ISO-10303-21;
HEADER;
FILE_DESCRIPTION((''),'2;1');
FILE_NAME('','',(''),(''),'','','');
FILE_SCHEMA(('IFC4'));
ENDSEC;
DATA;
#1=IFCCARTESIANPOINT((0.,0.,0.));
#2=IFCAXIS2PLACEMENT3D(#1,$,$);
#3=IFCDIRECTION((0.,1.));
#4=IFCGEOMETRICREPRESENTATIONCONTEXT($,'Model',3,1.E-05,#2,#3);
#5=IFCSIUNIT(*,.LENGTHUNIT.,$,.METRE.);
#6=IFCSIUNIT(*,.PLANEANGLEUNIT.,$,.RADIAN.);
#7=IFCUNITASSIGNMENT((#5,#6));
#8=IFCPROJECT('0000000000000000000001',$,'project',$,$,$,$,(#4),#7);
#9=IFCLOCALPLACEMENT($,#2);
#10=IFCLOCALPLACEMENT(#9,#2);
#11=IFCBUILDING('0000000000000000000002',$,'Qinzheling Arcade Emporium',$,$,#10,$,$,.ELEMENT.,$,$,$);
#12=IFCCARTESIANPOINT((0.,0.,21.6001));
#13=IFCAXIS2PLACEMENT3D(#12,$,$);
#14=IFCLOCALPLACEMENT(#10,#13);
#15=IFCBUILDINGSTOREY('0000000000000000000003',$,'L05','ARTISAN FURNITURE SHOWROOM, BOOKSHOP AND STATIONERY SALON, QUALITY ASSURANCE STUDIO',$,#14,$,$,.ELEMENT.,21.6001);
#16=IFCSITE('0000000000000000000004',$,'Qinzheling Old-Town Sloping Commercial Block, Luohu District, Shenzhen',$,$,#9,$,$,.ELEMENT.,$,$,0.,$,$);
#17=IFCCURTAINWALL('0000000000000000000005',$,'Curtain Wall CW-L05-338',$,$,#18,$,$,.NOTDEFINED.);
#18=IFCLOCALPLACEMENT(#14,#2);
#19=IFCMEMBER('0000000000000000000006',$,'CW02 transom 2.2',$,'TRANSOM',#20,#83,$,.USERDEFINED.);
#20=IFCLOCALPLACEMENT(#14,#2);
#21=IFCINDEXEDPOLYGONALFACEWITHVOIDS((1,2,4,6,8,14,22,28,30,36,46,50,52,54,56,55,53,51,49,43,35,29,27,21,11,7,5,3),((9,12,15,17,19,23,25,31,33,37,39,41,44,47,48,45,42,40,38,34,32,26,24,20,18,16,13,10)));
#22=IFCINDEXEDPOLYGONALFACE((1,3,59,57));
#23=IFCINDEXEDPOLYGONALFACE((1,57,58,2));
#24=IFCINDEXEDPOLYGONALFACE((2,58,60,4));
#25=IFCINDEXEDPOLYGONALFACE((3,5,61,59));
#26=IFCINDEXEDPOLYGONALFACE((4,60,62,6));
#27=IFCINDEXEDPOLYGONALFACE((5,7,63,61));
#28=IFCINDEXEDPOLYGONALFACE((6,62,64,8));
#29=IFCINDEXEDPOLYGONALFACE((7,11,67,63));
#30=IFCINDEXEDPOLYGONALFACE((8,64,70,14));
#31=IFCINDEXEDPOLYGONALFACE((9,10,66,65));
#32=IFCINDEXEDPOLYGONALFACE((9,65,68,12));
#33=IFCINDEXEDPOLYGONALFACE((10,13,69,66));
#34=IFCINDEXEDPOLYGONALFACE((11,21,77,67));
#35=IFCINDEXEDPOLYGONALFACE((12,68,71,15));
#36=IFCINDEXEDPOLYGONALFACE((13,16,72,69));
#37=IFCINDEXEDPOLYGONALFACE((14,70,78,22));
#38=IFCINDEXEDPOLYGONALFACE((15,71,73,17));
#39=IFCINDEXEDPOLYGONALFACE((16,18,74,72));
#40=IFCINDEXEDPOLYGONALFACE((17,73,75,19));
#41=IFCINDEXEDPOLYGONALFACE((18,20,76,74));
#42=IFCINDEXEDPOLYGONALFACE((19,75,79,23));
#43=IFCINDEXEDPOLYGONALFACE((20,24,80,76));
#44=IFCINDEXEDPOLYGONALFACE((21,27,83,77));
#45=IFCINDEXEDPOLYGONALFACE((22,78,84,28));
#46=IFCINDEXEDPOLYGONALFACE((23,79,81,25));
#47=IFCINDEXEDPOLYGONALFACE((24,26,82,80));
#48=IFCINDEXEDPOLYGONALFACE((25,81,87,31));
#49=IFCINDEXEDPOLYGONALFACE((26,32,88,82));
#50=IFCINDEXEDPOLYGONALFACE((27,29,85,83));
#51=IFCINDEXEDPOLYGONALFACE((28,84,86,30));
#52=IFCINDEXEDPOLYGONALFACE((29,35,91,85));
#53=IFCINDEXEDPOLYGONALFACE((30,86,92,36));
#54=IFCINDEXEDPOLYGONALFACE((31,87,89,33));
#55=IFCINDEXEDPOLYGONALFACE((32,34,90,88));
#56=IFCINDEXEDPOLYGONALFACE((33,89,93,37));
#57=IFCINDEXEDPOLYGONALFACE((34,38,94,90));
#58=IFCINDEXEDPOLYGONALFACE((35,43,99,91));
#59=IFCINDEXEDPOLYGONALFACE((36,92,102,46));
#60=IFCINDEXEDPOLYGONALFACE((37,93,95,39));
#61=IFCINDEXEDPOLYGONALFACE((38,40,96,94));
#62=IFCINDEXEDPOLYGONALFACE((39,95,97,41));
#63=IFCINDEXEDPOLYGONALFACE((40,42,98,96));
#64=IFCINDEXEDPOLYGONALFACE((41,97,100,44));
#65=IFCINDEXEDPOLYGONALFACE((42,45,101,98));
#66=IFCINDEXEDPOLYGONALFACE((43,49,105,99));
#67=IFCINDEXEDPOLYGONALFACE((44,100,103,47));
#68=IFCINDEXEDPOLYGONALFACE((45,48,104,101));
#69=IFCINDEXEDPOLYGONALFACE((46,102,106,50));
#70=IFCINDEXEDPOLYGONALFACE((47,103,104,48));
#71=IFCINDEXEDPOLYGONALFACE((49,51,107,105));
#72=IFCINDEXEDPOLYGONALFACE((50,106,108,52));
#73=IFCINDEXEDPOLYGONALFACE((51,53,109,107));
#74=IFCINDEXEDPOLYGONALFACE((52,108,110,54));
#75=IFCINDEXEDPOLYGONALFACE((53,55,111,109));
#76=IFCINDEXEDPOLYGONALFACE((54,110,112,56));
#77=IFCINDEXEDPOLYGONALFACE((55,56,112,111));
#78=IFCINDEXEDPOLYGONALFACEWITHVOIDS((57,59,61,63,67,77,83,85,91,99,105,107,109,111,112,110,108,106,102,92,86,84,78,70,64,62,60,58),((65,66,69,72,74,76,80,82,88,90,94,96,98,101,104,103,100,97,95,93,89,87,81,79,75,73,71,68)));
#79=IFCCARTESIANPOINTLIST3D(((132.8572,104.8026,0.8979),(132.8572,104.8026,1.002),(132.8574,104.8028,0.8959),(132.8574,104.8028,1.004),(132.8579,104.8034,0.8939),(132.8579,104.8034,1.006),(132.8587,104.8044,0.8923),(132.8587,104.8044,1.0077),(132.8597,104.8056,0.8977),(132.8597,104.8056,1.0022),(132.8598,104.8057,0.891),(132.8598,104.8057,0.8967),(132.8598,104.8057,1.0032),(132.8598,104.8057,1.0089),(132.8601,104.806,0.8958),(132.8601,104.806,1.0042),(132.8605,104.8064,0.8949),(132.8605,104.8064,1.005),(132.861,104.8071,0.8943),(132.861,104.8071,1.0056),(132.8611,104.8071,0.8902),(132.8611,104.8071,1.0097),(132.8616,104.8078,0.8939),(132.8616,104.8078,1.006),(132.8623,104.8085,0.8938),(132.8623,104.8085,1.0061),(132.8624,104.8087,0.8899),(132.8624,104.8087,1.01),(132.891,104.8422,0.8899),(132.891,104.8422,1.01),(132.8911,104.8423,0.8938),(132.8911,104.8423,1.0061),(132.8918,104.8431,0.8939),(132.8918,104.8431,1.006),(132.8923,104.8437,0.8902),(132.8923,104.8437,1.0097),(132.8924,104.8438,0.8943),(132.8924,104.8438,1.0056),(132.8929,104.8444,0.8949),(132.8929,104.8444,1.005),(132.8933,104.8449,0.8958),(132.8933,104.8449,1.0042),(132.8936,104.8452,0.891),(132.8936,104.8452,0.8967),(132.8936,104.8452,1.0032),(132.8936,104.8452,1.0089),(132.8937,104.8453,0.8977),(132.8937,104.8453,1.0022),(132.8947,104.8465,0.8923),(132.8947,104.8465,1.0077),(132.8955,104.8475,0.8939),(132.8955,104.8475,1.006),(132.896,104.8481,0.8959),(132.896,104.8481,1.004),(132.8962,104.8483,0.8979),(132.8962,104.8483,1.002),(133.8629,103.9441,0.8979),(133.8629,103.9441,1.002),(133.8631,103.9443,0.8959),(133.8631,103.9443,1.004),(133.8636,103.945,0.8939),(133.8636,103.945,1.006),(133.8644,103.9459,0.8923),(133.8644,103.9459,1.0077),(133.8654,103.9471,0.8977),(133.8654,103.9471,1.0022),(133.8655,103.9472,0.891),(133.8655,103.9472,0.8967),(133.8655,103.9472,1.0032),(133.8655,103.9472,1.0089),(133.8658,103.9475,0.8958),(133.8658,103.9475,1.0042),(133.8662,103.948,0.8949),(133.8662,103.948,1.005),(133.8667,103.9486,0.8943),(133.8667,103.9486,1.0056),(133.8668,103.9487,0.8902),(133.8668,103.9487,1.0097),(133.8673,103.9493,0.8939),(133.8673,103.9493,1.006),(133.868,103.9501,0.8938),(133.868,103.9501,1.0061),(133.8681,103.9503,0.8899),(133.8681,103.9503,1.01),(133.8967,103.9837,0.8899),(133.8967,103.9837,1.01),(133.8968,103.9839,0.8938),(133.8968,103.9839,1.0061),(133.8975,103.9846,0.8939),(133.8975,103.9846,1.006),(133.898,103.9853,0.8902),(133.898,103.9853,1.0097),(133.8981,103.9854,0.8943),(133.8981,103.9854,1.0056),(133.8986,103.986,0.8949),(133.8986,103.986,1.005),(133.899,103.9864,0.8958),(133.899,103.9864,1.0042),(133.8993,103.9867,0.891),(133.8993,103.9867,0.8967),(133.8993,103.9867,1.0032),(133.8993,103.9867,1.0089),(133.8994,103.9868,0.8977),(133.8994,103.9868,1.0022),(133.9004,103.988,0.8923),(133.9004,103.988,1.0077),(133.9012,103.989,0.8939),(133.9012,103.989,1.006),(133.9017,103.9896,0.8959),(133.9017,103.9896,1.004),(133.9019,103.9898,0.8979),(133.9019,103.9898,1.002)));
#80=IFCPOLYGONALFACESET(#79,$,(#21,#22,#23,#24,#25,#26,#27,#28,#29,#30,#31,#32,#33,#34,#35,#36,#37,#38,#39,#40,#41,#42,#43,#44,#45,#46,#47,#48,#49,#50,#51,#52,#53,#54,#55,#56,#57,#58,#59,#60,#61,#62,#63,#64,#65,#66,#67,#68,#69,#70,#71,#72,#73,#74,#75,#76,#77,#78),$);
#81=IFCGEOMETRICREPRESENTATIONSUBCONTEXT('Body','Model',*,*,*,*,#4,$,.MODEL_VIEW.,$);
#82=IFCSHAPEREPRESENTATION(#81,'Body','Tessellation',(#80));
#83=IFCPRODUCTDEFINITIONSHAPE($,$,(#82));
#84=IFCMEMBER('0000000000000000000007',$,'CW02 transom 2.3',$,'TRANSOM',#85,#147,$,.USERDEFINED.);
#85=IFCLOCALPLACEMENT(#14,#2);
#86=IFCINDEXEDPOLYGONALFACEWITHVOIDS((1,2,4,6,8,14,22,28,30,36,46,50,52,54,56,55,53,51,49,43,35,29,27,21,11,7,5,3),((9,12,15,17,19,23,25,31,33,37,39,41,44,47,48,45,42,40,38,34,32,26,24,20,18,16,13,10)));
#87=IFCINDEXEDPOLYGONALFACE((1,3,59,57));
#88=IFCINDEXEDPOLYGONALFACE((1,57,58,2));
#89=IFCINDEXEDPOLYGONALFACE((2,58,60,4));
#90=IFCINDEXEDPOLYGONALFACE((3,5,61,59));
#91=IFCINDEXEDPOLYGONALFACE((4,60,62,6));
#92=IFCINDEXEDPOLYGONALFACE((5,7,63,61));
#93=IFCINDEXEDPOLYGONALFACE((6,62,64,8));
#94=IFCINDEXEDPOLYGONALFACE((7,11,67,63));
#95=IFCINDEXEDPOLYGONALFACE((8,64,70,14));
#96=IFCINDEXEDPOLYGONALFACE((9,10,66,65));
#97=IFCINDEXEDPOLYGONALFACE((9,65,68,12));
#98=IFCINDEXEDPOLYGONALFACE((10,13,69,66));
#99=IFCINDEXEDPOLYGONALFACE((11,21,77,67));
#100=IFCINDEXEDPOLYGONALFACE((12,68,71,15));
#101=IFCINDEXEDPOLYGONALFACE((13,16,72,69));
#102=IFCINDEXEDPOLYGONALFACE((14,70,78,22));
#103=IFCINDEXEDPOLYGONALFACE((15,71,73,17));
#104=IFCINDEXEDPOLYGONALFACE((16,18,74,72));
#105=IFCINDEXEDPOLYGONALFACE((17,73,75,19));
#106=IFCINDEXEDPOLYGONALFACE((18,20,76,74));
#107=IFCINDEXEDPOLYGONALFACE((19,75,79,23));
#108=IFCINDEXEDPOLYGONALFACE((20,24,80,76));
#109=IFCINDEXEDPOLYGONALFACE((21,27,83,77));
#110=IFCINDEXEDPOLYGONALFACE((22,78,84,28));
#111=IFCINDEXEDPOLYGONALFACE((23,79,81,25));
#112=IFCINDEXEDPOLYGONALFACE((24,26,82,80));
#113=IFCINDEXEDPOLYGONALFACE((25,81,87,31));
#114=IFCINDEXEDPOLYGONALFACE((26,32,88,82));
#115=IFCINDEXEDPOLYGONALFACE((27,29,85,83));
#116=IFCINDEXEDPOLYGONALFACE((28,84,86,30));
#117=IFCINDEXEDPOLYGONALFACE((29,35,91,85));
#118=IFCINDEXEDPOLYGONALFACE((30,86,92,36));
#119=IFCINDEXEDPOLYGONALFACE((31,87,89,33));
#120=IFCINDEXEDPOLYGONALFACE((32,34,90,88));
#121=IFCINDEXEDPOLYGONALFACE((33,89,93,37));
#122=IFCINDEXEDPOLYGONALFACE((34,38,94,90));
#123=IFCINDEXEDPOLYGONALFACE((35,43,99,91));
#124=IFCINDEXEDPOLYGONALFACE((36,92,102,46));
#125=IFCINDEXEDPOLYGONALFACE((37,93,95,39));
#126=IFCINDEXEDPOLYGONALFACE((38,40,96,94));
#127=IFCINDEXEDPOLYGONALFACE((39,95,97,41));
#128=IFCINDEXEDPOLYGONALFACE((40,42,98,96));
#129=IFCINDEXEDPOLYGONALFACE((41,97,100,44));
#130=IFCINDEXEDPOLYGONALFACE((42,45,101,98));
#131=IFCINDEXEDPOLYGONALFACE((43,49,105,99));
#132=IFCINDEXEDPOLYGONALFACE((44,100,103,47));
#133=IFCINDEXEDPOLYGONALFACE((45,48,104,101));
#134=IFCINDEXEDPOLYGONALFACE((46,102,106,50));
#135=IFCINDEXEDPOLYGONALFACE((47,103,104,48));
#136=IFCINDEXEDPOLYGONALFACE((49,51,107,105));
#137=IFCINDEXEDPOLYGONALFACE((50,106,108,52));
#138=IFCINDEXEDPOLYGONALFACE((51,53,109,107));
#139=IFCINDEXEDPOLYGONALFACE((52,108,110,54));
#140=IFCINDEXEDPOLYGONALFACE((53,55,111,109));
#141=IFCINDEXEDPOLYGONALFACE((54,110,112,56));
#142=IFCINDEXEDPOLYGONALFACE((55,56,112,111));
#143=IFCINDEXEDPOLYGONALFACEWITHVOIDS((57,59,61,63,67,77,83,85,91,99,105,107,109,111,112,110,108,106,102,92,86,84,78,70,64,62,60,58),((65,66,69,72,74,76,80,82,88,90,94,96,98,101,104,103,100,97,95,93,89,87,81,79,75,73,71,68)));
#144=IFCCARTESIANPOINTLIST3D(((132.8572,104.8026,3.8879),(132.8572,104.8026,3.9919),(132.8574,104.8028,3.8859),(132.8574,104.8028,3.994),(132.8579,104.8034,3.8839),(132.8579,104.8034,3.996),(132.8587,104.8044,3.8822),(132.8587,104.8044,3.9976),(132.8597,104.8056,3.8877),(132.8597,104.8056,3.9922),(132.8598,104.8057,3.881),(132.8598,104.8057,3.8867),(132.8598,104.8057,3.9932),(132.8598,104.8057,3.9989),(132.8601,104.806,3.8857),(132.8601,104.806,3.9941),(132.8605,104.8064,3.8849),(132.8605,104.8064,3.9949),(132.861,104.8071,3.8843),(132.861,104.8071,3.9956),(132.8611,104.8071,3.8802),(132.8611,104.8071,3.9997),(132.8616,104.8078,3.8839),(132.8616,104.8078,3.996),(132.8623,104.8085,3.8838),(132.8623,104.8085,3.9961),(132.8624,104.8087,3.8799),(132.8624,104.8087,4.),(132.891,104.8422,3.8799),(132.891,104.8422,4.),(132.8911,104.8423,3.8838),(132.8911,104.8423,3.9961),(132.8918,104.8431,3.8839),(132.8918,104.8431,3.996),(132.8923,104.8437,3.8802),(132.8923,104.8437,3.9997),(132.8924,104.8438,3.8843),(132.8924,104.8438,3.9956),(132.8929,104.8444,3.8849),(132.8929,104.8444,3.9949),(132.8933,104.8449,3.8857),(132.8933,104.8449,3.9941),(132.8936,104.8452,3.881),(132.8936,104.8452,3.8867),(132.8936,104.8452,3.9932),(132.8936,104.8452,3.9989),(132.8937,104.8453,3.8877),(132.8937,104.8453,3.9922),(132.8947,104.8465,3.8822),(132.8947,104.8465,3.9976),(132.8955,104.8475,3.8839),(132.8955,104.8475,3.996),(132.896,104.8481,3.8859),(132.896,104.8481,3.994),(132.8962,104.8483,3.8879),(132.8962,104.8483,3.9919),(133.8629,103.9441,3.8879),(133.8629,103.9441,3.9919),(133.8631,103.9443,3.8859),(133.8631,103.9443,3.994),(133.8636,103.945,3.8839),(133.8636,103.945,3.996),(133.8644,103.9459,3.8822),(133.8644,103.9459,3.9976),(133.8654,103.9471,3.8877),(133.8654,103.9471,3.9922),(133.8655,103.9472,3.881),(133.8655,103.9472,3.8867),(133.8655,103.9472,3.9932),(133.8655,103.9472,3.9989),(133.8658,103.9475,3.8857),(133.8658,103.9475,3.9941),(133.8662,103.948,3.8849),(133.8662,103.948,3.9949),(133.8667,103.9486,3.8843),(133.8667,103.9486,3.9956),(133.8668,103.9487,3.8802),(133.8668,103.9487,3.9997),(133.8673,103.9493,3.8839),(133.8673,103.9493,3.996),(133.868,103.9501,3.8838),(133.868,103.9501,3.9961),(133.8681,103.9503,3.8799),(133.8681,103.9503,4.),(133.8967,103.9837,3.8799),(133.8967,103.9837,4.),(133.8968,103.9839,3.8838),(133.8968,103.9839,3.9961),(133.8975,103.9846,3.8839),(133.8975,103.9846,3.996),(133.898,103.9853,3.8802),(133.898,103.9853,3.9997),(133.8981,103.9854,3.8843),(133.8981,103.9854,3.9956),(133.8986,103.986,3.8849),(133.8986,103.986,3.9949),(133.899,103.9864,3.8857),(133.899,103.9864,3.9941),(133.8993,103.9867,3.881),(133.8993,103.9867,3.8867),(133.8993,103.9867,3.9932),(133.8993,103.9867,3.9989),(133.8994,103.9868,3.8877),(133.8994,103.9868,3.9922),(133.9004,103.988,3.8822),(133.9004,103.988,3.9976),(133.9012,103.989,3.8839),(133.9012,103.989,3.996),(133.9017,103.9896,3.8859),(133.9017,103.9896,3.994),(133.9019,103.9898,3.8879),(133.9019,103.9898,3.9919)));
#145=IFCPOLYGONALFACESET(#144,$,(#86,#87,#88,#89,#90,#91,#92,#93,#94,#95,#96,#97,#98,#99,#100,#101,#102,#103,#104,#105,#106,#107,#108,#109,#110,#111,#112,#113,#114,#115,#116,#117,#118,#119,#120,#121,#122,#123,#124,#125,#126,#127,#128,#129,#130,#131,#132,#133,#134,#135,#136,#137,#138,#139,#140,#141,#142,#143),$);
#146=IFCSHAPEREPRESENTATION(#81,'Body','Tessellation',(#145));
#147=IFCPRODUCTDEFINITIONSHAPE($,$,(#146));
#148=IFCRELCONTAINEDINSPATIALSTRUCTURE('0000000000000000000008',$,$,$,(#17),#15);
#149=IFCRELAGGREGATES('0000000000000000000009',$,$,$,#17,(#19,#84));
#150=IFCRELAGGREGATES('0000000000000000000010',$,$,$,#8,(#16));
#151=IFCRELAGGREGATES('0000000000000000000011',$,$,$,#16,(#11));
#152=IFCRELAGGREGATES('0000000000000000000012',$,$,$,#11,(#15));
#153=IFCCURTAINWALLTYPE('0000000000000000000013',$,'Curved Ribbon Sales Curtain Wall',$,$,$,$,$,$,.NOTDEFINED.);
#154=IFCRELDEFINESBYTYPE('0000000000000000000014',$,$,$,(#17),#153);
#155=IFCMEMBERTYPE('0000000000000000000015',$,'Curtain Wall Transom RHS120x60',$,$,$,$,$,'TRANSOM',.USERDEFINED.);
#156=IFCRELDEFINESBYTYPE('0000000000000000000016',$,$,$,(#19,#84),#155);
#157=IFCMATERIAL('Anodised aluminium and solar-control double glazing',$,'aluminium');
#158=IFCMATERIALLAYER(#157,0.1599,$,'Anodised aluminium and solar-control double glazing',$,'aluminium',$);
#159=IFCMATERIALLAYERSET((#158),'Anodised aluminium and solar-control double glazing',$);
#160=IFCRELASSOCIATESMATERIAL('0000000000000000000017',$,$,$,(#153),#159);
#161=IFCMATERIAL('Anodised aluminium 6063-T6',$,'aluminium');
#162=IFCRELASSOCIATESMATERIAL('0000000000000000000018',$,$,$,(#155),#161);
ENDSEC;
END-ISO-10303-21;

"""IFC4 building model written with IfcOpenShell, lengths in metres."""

from ifc_helpers import new_model, si_unit, direction, frame, origin, origin_2d, place, context, subcontext, project, spatial, hollow_rectangle, extrude, material, layer, layer_set, material_profile, profile_set, type_object, element, aggregate, save


model = new_model("IFC4")

# Units and contexts
model_context = context("Model", 3, precision=1e-05, world=origin(), true_north=direction((0.0, 1.0)))
body_context = subcontext(model_context, "Body", "Model", "MODEL_VIEW")
ifc_project = project(units=[si_unit("LENGTHUNIT", "METRE"), si_unit("PLANEANGLEUNIT", "RADIAN")], contexts=[model_context])

# Site, building, storey
site_placement = place(None, origin())
site = spatial("IfcSite", under=ifc_project, at=site_placement, Name="Qinzheling Old-Town Sloping Commercial Block, Luohu District, Shenzhen", CompositionType="ELEMENT", RefElevation=0.0)
building_placement = place(site_placement, origin())
building = spatial("IfcBuilding", under=site, at=building_placement, Name="Qinzheling Arcade Emporium", CompositionType="ELEMENT")
storey_placement = place(building_placement, frame((0.0, 0.0, 21.6001)))
storey = spatial("IfcBuildingStorey", under=building, at=storey_placement, Name="L05", Description="ARTISAN FURNITURE SHOWROOM, BOOKSHOP AND STATIONERY SALON, QUALITY ASSURANCE STUDIO", CompositionType="ELEMENT", Elevation=21.6001)

# Shared definitions
ifc_material_1 = material(Name="Anodised aluminium and solar-control double glazing", Category="aluminium")
ifc_layer_1 = layer(ifc_material_1, 0.1599, Name="Anodised aluminium and solar-control double glazing", Category="aluminium")
ifc_layer_set_1 = layer_set([ifc_layer_1], Name="Anodised aluminium and solar-control double glazing")
curtain_wall_type = type_object("IfcCurtainWallType", Name="Curved Ribbon Sales Curtain Wall", PredefinedType="NOTDEFINED", material=ifc_layer_set_1)
ifc_material_2 = material(Name="Anodised aluminium 6063-T6", Category="aluminium")

# Curtain wall
curtain_wall_1_placement = place(storey_placement, origin())
curtain_wall_1 = element("IfcCurtainWall", 1, at=curtain_wall_1_placement, inside=storey, type_object=curtain_wall_type, Name="Curtain Wall CW-L05-338", PredefinedType="NOTDEFINED")

# Members
ifc_material_profile_1 = material_profile(ifc_material_2, hollow_rectangle(XDim=0.0601, YDim=0.1201, WallThickness=0.0039, InnerFilletRadius=0.0039, OuterFilletRadius=0.0081, at=origin_2d()), Name="RHS 120x60x4", Category="aluminium")
ifc_profile_set_1 = profile_set([ifc_material_profile_1], Name="Anodised aluminium 6063-T6")
member_type_1 = type_object("IfcMemberType", Name="Curtain Wall Transom RHS120x60", ElementType="TRANSOM", PredefinedType="USERDEFINED", material=ifc_profile_set_1)
member_1_placement = place(storey_placement, frame((132.8767, 104.8254, 0.95), z_axis=(0.760585, -0.649239, 0.0), x_axis=(0.649239, 0.760585, 0.0)))
member_1 = element("IfcMember", 2, at=member_1_placement, type_object=member_type_1, Name="CW02 transom 2.2", ObjectType="TRANSOM", PredefinedType="USERDEFINED", context=body_context, shape_type="SweptSolid", body=[
    extrude(hollow_rectangle(XDim=0.0601, YDim=0.1201, WallThickness=0.0039, InnerFilletRadius=0.0039, OuterFilletRadius=0.0081, at=origin_2d()), origin(), (0.0, 0.0, 1.0), 1.3223),
])
member_2_placement = place(storey_placement, frame((132.8767, 104.8254, 3.9399), z_axis=(0.760585, -0.649239, 0.0), x_axis=(0.649239, 0.760585, 0.0)))
member_2 = element("IfcMember", 3, at=member_2_placement, type_object=member_type_1, Name="CW02 transom 2.3", ObjectType="TRANSOM", PredefinedType="USERDEFINED", context=body_context, shape_type="SweptSolid", body=[
    extrude(hollow_rectangle(XDim=0.0601, YDim=0.1201, WallThickness=0.0039, InnerFilletRadius=0.0039, OuterFilletRadius=0.0081, at=origin_2d()), origin(), (0.0, 0.0, 1.0), 1.3223),
])

aggregate(curtain_wall_1, [member_1, member_2])

save(model, "model.ifc")
